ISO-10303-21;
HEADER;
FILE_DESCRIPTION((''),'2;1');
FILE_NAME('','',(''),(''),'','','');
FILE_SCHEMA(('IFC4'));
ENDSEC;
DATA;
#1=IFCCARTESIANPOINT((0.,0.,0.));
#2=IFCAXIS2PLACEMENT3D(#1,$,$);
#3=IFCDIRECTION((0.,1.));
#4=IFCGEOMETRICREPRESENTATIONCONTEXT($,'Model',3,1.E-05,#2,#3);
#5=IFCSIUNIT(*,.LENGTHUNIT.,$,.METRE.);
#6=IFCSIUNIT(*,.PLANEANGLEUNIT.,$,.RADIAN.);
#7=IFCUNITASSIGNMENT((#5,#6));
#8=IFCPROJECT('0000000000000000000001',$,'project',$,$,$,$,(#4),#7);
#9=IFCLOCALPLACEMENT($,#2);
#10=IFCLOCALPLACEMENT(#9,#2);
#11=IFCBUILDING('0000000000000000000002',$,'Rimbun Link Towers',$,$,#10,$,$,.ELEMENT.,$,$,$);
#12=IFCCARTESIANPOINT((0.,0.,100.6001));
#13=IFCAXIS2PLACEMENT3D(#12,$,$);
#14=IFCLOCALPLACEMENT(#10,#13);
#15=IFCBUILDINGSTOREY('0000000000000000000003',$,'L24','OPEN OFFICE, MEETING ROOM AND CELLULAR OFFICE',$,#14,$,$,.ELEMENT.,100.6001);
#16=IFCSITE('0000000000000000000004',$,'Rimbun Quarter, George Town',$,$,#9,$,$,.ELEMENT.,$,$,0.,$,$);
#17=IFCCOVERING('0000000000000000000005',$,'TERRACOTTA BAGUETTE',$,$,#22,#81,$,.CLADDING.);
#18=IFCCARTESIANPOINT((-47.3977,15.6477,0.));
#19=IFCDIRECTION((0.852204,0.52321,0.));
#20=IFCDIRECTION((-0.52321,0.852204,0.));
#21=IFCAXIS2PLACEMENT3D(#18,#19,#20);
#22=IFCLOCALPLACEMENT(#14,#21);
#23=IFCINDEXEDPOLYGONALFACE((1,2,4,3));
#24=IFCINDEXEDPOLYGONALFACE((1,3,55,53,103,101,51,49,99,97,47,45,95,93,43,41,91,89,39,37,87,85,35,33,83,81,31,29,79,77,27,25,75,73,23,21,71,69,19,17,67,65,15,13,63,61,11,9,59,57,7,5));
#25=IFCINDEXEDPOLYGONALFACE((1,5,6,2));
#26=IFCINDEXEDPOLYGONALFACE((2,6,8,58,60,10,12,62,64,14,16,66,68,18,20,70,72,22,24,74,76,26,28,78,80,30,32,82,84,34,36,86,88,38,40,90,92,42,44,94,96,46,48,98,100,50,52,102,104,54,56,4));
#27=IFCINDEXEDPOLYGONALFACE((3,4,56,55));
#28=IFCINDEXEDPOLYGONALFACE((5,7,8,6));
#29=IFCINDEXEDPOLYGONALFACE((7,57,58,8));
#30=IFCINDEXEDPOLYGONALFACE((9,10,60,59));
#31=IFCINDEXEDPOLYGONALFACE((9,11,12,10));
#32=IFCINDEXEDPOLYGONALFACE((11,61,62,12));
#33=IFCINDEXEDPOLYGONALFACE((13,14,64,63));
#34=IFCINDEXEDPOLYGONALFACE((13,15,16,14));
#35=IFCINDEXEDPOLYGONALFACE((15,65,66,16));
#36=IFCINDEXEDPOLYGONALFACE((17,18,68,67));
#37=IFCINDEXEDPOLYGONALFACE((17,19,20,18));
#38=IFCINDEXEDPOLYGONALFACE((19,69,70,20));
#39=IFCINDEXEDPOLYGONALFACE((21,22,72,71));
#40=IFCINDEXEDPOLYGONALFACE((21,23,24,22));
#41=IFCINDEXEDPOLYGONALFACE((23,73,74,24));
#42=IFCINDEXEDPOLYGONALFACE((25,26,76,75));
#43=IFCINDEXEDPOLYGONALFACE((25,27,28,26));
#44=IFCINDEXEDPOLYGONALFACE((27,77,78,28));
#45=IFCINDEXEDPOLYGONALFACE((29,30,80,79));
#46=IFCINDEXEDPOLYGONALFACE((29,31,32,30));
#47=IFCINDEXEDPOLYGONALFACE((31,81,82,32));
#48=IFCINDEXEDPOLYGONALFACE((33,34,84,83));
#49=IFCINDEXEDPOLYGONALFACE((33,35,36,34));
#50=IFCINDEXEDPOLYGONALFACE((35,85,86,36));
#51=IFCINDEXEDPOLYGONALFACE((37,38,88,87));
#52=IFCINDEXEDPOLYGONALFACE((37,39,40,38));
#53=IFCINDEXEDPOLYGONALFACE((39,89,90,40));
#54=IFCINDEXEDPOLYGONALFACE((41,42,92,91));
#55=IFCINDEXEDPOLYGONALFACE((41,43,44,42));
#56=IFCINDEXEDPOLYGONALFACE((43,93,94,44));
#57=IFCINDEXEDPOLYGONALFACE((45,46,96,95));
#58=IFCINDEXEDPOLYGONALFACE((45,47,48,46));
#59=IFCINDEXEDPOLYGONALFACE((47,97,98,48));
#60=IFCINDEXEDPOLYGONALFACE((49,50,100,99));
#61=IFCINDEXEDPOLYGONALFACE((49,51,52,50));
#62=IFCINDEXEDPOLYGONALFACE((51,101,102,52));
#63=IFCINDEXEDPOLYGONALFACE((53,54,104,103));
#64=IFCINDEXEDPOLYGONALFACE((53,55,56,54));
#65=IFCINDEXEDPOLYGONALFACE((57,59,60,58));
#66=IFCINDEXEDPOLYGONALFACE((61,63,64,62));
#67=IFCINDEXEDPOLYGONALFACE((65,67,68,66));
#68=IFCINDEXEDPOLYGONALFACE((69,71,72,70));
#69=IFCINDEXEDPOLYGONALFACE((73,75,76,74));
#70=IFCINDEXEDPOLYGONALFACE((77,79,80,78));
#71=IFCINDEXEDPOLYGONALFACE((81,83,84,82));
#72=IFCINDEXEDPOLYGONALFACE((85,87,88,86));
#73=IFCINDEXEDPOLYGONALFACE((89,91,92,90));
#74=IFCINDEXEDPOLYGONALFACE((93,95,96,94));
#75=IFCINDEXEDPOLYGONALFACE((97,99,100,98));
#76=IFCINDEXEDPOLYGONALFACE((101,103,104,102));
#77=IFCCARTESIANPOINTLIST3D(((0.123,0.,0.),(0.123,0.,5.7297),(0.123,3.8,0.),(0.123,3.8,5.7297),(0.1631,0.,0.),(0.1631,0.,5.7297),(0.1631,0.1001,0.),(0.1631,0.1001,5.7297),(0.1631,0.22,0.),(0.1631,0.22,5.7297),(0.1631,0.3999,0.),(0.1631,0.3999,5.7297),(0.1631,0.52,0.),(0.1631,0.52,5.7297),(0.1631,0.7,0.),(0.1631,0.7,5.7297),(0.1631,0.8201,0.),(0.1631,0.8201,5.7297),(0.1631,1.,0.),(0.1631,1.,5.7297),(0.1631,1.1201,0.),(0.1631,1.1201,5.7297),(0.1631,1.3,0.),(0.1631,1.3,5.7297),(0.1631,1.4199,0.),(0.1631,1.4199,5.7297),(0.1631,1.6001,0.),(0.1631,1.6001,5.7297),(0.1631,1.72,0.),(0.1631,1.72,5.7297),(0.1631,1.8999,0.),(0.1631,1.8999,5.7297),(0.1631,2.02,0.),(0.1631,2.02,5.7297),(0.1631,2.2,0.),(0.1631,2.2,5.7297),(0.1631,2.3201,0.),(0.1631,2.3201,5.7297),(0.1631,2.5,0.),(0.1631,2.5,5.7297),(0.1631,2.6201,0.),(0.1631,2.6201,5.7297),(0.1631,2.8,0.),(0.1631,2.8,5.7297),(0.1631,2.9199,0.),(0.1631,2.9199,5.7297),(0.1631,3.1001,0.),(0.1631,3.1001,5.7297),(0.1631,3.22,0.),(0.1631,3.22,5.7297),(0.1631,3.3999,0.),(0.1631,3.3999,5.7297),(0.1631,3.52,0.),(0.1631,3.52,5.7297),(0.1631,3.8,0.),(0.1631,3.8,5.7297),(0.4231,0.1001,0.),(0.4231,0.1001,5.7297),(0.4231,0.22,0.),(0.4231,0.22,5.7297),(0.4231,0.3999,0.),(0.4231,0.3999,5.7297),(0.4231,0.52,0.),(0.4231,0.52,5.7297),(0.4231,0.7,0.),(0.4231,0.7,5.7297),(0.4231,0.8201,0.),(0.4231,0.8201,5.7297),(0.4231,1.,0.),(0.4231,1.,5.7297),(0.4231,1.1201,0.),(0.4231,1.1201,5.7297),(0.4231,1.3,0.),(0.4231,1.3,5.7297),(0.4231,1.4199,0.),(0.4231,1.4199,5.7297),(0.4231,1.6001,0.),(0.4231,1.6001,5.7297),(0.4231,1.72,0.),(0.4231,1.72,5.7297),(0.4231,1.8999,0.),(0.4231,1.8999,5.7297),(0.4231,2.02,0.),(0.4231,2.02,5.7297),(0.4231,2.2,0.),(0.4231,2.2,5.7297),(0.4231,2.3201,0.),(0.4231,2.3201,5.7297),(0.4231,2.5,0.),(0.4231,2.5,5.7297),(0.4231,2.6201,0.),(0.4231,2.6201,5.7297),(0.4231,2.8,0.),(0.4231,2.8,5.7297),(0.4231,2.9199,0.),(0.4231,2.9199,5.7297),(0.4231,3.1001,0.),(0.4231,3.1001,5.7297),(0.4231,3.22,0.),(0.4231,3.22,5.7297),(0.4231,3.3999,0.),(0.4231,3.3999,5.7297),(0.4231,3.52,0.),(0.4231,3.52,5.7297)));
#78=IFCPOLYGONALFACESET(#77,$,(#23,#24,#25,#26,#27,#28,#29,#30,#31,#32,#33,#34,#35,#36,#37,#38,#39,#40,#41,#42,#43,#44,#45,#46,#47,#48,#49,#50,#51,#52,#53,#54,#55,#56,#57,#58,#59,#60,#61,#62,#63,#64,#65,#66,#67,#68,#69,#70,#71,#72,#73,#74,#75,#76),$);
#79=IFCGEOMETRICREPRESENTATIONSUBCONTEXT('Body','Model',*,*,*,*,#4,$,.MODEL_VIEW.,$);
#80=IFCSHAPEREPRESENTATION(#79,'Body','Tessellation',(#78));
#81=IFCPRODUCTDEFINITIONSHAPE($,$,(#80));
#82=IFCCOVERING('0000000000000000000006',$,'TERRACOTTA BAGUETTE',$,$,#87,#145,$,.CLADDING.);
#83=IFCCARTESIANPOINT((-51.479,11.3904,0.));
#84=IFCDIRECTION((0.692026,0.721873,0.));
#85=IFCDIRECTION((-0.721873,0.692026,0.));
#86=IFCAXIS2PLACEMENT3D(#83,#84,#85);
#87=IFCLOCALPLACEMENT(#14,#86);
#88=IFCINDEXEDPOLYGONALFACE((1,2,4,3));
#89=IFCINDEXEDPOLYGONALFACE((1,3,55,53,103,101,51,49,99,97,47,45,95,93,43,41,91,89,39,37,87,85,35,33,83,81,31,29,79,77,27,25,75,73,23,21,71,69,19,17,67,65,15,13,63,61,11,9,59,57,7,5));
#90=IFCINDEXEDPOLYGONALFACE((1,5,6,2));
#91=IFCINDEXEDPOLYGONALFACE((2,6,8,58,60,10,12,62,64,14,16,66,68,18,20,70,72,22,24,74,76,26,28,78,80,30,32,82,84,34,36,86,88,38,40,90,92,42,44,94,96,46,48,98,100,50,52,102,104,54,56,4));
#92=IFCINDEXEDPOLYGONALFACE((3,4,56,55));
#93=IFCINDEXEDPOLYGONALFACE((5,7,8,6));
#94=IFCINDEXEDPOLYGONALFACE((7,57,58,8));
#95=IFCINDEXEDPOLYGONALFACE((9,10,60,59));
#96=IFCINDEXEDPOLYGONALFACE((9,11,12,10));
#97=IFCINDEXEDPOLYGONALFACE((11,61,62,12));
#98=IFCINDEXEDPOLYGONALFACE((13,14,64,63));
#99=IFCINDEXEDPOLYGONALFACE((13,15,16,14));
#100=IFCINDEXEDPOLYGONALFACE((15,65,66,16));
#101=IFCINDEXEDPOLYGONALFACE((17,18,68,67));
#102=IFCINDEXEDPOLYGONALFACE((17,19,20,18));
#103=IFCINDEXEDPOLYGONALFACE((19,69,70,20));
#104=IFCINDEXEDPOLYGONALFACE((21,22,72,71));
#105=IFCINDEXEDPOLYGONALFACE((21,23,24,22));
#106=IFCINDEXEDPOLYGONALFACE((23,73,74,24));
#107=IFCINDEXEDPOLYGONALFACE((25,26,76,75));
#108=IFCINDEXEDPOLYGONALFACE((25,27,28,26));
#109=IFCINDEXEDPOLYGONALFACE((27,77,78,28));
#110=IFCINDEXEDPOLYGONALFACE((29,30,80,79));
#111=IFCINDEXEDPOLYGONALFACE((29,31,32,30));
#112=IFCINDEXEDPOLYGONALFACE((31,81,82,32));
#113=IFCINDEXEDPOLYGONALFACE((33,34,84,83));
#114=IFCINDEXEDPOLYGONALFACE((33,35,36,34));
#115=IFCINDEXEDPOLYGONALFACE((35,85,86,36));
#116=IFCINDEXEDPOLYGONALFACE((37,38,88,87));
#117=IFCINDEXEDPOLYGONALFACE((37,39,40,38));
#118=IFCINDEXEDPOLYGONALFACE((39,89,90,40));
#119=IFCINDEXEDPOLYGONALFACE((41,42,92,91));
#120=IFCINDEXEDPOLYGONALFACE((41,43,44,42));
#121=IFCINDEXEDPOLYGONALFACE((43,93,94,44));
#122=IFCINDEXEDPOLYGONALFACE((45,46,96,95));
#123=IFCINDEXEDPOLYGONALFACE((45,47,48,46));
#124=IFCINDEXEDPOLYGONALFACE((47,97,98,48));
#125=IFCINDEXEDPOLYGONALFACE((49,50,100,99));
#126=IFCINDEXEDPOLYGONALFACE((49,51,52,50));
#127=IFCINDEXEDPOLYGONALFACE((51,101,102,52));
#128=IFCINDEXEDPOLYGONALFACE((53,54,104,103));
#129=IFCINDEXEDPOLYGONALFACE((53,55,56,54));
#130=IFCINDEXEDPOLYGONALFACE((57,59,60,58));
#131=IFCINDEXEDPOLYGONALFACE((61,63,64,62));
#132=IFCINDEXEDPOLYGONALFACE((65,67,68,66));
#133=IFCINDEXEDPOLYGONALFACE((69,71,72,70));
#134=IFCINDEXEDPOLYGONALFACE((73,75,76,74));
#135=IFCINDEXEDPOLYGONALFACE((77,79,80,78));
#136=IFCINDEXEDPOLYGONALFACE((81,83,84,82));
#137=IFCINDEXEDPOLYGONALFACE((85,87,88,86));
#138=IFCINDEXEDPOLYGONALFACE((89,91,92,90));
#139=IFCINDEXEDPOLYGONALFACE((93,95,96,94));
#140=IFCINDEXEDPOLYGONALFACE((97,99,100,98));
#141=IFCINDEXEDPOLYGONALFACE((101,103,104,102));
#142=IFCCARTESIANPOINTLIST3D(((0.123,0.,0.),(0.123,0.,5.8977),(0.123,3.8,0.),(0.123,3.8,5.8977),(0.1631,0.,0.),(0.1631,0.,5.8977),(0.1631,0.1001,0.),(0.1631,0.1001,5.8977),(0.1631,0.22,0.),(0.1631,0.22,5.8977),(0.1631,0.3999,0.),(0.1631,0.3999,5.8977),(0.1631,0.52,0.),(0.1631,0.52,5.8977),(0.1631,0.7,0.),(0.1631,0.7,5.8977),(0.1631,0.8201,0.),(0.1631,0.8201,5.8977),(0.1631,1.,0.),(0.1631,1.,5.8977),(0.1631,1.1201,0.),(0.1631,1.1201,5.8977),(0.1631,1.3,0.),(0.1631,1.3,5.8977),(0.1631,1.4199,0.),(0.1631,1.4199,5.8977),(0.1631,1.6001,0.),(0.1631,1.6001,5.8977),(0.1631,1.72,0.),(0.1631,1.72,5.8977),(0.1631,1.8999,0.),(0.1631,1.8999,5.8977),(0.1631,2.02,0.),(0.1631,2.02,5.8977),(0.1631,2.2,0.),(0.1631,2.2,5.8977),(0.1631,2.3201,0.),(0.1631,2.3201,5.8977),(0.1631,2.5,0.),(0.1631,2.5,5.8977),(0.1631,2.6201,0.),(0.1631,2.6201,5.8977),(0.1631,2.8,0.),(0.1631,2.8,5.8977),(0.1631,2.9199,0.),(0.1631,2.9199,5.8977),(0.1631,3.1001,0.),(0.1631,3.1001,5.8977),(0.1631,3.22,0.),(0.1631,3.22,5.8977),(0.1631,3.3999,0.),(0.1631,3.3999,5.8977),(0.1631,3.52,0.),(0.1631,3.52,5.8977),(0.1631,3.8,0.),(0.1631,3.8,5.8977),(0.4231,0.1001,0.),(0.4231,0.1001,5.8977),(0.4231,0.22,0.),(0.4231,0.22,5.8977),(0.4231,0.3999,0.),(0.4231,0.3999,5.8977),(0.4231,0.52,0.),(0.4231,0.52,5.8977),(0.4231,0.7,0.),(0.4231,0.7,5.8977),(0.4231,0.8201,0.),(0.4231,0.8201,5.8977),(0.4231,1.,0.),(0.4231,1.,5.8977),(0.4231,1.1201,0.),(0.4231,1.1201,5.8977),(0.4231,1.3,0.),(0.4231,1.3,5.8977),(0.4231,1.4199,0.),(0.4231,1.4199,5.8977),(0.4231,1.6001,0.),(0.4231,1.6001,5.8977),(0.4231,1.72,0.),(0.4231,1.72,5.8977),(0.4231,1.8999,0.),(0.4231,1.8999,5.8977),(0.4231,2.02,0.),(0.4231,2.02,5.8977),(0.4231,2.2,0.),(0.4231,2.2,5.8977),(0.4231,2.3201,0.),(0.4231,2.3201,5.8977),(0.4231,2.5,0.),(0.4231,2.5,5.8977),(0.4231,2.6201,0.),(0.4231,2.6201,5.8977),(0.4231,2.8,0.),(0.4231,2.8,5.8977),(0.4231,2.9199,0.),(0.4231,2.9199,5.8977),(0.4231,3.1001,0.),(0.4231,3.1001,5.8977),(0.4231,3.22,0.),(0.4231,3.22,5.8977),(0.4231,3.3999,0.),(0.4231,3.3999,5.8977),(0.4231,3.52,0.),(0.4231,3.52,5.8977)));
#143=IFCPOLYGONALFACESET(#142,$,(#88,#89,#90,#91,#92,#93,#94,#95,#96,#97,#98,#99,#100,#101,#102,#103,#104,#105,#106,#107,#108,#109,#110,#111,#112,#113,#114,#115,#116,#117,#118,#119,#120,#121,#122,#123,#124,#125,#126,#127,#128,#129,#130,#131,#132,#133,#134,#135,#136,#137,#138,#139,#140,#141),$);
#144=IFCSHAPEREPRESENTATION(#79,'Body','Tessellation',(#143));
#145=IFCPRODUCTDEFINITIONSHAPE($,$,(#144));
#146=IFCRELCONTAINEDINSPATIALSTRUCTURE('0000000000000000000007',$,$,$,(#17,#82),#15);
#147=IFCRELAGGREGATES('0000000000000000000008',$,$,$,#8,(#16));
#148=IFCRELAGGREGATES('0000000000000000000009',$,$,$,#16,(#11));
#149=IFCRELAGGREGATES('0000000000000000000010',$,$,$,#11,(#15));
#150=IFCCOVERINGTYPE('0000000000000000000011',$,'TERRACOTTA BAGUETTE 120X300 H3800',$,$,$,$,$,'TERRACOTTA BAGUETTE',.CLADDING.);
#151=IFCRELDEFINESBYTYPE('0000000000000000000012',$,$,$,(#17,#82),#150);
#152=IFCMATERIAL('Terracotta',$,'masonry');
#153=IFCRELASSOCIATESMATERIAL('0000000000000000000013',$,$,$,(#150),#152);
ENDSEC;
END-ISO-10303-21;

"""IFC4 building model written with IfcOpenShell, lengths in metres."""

from ifc_helpers import new_model, si_unit, direction, frame, origin, place, context, subcontext, project, spatial, polyline, outline, extrude, material, material_profile, profile_set, type_object, element, save


model = new_model("IFC4")

# Units and contexts
model_context = context("Model", 3, precision=1e-05, world=origin(), true_north=direction((0.0, 1.0)))
body_context = subcontext(model_context, "Body", "Model", "MODEL_VIEW")
ifc_project = project(units=[si_unit("LENGTHUNIT", "METRE"), si_unit("PLANEANGLEUNIT", "RADIAN")], contexts=[model_context])

# Site, building, storey
site_placement = place(None, origin())
site = spatial("IfcSite", under=ifc_project, at=site_placement, Name="Rimbun Quarter, George Town", CompositionType="ELEMENT", RefElevation=0.0)
building_placement = place(site_placement, origin())
building = spatial("IfcBuilding", under=site, at=building_placement, Name="Rimbun Link Towers", CompositionType="ELEMENT")
storey_placement = place(building_placement, frame((0.0, 0.0, 100.6001)))
storey = spatial("IfcBuildingStorey", under=building, at=storey_placement, Name="L24", Description="OPEN OFFICE, MEETING ROOM AND CELLULAR OFFICE", CompositionType="ELEMENT", Elevation=100.6001)

# Coverings
ifc_material_1 = material(Name="Terracotta", Category="masonry")
ifc_material_profile_1 = material_profile(ifc_material_1, outline(polyline([(0.123, 0.0), (0.1631, 0.0), (0.1631, 0.1001), (0.4231, 0.1001), (0.4231, 0.22), (0.1631, 0.22), (0.1631, 0.3999), (0.4231, 0.3999), (0.4231, 0.52), (0.1631, 0.52), (0.1631, 0.7), (0.4231, 0.7), (0.4231, 0.8201), (0.1631, 0.8201), (0.1631, 1.0), (0.4231, 1.0), (0.4231, 1.1201), (0.1631, 1.1201), (0.1631, 1.3), (0.4231, 1.3), (0.4231, 1.4199), (0.1631, 1.4199), (0.1631, 1.6001), (0.4231, 1.6001), (0.4231, 1.72), (0.1631, 1.72), (0.1631, 1.8999), (0.4231, 1.8999), (0.4231, 2.02), (0.1631, 2.02), (0.1631, 2.2), (0.4231, 2.2), (0.4231, 2.3201), (0.1631, 2.3201), (0.1631, 2.5), (0.4231, 2.5), (0.4231, 2.6201), (0.1631, 2.6201), (0.1631, 2.8), (0.4231, 2.8), (0.4231, 2.9199), (0.1631, 2.9199), (0.1631, 3.1001), (0.4231, 3.1001), (0.4231, 3.22), (0.1631, 3.22), (0.1631, 3.3999), (0.4231, 3.3999), (0.4231, 3.52), (0.1631, 3.52), (0.1631, 3.8), (0.123, 3.8), (0.123, 0.0)])), Name="BAGUETTE 120X300")
ifc_profile_set_1 = profile_set([ifc_material_profile_1], Name="Terracotta")
covering_type = type_object("IfcCoveringType", Name="TERRACOTTA BAGUETTE 120X300 H3800", ElementType="TERRACOTTA BAGUETTE", PredefinedType="CLADDING", material=ifc_profile_set_1)
covering_1_placement = place(storey_placement, frame((-47.3977, 15.6477, 0.0), z_axis=(0.852204, 0.52321, 0.0), x_axis=(-0.52321, 0.852204, 0.0)))
element("IfcCovering", 1, at=covering_1_placement, inside=storey, type_object=covering_type, Name="TERRACOTTA BAGUETTE", PredefinedType="CLADDING", context=body_context, shape_type="SweptSolid", body=[
    extrude(outline(polyline([(0.123, 0.0), (0.1631, 0.0), (0.1631, 0.1001), (0.4231, 0.1001), (0.4231, 0.22), (0.1631, 0.22), (0.1631, 0.3999), (0.4231, 0.3999), (0.4231, 0.52), (0.1631, 0.52), (0.1631, 0.7), (0.4231, 0.7), (0.4231, 0.8201), (0.1631, 0.8201), (0.1631, 1.0), (0.4231, 1.0), (0.4231, 1.1201), (0.1631, 1.1201), (0.1631, 1.3), (0.4231, 1.3), (0.4231, 1.4199), (0.1631, 1.4199), (0.1631, 1.6001), (0.4231, 1.6001), (0.4231, 1.72), (0.1631, 1.72), (0.1631, 1.8999), (0.4231, 1.8999), (0.4231, 2.02), (0.1631, 2.02), (0.1631, 2.2), (0.4231, 2.2), (0.4231, 2.3201), (0.1631, 2.3201), (0.1631, 2.5), (0.4231, 2.5), (0.4231, 2.6201), (0.1631, 2.6201), (0.1631, 2.8), (0.4231, 2.8), (0.4231, 2.9199), (0.1631, 2.9199), (0.1631, 3.1001), (0.4231, 3.1001), (0.4231, 3.22), (0.1631, 3.22), (0.1631, 3.3999), (0.4231, 3.3999), (0.4231, 3.52), (0.1631, 3.52), (0.1631, 3.8), (0.123, 3.8), (0.123, 0.0)])), origin(), (0.0, 0.0, 1.0), 5.7297),
])
covering_2_placement = place(storey_placement, frame((-51.479, 11.3904, 0.0), z_axis=(0.692026, 0.721873, 0.0), x_axis=(-0.721873, 0.692026, 0.0)))
element("IfcCovering", 2, at=covering_2_placement, inside=storey, type_object=covering_type, Name="TERRACOTTA BAGUETTE", PredefinedType="CLADDING", context=body_context, shape_type="SweptSolid", body=[
    extrude(outline(polyline([(0.123, 0.0), (0.1631, 0.0), (0.1631, 0.1001), (0.4231, 0.1001), (0.4231, 0.22), (0.1631, 0.22), (0.1631, 0.3999), (0.4231, 0.3999), (0.4231, 0.52), (0.1631, 0.52), (0.1631, 0.7), (0.4231, 0.7), (0.4231, 0.8201), (0.1631, 0.8201), (0.1631, 1.0), (0.4231, 1.0), (0.4231, 1.1201), (0.1631, 1.1201), (0.1631, 1.3), (0.4231, 1.3), (0.4231, 1.4199), (0.1631, 1.4199), (0.1631, 1.6001), (0.4231, 1.6001), (0.4231, 1.72), (0.1631, 1.72), (0.1631, 1.8999), (0.4231, 1.8999), (0.4231, 2.02), (0.1631, 2.02), (0.1631, 2.2), (0.4231, 2.2), (0.4231, 2.3201), (0.1631, 2.3201), (0.1631, 2.5), (0.4231, 2.5), (0.4231, 2.6201), (0.1631, 2.6201), (0.1631, 2.8), (0.4231, 2.8), (0.4231, 2.9199), (0.1631, 2.9199), (0.1631, 3.1001), (0.4231, 3.1001), (0.4231, 3.22), (0.1631, 3.22), (0.1631, 3.3999), (0.4231, 3.3999), (0.4231, 3.52), (0.1631, 3.52), (0.1631, 3.8), (0.123, 3.8), (0.123, 0.0)])), origin(), (0.0, 0.0, 1.0), 5.8977),
])

save(model, "model.ifc")
